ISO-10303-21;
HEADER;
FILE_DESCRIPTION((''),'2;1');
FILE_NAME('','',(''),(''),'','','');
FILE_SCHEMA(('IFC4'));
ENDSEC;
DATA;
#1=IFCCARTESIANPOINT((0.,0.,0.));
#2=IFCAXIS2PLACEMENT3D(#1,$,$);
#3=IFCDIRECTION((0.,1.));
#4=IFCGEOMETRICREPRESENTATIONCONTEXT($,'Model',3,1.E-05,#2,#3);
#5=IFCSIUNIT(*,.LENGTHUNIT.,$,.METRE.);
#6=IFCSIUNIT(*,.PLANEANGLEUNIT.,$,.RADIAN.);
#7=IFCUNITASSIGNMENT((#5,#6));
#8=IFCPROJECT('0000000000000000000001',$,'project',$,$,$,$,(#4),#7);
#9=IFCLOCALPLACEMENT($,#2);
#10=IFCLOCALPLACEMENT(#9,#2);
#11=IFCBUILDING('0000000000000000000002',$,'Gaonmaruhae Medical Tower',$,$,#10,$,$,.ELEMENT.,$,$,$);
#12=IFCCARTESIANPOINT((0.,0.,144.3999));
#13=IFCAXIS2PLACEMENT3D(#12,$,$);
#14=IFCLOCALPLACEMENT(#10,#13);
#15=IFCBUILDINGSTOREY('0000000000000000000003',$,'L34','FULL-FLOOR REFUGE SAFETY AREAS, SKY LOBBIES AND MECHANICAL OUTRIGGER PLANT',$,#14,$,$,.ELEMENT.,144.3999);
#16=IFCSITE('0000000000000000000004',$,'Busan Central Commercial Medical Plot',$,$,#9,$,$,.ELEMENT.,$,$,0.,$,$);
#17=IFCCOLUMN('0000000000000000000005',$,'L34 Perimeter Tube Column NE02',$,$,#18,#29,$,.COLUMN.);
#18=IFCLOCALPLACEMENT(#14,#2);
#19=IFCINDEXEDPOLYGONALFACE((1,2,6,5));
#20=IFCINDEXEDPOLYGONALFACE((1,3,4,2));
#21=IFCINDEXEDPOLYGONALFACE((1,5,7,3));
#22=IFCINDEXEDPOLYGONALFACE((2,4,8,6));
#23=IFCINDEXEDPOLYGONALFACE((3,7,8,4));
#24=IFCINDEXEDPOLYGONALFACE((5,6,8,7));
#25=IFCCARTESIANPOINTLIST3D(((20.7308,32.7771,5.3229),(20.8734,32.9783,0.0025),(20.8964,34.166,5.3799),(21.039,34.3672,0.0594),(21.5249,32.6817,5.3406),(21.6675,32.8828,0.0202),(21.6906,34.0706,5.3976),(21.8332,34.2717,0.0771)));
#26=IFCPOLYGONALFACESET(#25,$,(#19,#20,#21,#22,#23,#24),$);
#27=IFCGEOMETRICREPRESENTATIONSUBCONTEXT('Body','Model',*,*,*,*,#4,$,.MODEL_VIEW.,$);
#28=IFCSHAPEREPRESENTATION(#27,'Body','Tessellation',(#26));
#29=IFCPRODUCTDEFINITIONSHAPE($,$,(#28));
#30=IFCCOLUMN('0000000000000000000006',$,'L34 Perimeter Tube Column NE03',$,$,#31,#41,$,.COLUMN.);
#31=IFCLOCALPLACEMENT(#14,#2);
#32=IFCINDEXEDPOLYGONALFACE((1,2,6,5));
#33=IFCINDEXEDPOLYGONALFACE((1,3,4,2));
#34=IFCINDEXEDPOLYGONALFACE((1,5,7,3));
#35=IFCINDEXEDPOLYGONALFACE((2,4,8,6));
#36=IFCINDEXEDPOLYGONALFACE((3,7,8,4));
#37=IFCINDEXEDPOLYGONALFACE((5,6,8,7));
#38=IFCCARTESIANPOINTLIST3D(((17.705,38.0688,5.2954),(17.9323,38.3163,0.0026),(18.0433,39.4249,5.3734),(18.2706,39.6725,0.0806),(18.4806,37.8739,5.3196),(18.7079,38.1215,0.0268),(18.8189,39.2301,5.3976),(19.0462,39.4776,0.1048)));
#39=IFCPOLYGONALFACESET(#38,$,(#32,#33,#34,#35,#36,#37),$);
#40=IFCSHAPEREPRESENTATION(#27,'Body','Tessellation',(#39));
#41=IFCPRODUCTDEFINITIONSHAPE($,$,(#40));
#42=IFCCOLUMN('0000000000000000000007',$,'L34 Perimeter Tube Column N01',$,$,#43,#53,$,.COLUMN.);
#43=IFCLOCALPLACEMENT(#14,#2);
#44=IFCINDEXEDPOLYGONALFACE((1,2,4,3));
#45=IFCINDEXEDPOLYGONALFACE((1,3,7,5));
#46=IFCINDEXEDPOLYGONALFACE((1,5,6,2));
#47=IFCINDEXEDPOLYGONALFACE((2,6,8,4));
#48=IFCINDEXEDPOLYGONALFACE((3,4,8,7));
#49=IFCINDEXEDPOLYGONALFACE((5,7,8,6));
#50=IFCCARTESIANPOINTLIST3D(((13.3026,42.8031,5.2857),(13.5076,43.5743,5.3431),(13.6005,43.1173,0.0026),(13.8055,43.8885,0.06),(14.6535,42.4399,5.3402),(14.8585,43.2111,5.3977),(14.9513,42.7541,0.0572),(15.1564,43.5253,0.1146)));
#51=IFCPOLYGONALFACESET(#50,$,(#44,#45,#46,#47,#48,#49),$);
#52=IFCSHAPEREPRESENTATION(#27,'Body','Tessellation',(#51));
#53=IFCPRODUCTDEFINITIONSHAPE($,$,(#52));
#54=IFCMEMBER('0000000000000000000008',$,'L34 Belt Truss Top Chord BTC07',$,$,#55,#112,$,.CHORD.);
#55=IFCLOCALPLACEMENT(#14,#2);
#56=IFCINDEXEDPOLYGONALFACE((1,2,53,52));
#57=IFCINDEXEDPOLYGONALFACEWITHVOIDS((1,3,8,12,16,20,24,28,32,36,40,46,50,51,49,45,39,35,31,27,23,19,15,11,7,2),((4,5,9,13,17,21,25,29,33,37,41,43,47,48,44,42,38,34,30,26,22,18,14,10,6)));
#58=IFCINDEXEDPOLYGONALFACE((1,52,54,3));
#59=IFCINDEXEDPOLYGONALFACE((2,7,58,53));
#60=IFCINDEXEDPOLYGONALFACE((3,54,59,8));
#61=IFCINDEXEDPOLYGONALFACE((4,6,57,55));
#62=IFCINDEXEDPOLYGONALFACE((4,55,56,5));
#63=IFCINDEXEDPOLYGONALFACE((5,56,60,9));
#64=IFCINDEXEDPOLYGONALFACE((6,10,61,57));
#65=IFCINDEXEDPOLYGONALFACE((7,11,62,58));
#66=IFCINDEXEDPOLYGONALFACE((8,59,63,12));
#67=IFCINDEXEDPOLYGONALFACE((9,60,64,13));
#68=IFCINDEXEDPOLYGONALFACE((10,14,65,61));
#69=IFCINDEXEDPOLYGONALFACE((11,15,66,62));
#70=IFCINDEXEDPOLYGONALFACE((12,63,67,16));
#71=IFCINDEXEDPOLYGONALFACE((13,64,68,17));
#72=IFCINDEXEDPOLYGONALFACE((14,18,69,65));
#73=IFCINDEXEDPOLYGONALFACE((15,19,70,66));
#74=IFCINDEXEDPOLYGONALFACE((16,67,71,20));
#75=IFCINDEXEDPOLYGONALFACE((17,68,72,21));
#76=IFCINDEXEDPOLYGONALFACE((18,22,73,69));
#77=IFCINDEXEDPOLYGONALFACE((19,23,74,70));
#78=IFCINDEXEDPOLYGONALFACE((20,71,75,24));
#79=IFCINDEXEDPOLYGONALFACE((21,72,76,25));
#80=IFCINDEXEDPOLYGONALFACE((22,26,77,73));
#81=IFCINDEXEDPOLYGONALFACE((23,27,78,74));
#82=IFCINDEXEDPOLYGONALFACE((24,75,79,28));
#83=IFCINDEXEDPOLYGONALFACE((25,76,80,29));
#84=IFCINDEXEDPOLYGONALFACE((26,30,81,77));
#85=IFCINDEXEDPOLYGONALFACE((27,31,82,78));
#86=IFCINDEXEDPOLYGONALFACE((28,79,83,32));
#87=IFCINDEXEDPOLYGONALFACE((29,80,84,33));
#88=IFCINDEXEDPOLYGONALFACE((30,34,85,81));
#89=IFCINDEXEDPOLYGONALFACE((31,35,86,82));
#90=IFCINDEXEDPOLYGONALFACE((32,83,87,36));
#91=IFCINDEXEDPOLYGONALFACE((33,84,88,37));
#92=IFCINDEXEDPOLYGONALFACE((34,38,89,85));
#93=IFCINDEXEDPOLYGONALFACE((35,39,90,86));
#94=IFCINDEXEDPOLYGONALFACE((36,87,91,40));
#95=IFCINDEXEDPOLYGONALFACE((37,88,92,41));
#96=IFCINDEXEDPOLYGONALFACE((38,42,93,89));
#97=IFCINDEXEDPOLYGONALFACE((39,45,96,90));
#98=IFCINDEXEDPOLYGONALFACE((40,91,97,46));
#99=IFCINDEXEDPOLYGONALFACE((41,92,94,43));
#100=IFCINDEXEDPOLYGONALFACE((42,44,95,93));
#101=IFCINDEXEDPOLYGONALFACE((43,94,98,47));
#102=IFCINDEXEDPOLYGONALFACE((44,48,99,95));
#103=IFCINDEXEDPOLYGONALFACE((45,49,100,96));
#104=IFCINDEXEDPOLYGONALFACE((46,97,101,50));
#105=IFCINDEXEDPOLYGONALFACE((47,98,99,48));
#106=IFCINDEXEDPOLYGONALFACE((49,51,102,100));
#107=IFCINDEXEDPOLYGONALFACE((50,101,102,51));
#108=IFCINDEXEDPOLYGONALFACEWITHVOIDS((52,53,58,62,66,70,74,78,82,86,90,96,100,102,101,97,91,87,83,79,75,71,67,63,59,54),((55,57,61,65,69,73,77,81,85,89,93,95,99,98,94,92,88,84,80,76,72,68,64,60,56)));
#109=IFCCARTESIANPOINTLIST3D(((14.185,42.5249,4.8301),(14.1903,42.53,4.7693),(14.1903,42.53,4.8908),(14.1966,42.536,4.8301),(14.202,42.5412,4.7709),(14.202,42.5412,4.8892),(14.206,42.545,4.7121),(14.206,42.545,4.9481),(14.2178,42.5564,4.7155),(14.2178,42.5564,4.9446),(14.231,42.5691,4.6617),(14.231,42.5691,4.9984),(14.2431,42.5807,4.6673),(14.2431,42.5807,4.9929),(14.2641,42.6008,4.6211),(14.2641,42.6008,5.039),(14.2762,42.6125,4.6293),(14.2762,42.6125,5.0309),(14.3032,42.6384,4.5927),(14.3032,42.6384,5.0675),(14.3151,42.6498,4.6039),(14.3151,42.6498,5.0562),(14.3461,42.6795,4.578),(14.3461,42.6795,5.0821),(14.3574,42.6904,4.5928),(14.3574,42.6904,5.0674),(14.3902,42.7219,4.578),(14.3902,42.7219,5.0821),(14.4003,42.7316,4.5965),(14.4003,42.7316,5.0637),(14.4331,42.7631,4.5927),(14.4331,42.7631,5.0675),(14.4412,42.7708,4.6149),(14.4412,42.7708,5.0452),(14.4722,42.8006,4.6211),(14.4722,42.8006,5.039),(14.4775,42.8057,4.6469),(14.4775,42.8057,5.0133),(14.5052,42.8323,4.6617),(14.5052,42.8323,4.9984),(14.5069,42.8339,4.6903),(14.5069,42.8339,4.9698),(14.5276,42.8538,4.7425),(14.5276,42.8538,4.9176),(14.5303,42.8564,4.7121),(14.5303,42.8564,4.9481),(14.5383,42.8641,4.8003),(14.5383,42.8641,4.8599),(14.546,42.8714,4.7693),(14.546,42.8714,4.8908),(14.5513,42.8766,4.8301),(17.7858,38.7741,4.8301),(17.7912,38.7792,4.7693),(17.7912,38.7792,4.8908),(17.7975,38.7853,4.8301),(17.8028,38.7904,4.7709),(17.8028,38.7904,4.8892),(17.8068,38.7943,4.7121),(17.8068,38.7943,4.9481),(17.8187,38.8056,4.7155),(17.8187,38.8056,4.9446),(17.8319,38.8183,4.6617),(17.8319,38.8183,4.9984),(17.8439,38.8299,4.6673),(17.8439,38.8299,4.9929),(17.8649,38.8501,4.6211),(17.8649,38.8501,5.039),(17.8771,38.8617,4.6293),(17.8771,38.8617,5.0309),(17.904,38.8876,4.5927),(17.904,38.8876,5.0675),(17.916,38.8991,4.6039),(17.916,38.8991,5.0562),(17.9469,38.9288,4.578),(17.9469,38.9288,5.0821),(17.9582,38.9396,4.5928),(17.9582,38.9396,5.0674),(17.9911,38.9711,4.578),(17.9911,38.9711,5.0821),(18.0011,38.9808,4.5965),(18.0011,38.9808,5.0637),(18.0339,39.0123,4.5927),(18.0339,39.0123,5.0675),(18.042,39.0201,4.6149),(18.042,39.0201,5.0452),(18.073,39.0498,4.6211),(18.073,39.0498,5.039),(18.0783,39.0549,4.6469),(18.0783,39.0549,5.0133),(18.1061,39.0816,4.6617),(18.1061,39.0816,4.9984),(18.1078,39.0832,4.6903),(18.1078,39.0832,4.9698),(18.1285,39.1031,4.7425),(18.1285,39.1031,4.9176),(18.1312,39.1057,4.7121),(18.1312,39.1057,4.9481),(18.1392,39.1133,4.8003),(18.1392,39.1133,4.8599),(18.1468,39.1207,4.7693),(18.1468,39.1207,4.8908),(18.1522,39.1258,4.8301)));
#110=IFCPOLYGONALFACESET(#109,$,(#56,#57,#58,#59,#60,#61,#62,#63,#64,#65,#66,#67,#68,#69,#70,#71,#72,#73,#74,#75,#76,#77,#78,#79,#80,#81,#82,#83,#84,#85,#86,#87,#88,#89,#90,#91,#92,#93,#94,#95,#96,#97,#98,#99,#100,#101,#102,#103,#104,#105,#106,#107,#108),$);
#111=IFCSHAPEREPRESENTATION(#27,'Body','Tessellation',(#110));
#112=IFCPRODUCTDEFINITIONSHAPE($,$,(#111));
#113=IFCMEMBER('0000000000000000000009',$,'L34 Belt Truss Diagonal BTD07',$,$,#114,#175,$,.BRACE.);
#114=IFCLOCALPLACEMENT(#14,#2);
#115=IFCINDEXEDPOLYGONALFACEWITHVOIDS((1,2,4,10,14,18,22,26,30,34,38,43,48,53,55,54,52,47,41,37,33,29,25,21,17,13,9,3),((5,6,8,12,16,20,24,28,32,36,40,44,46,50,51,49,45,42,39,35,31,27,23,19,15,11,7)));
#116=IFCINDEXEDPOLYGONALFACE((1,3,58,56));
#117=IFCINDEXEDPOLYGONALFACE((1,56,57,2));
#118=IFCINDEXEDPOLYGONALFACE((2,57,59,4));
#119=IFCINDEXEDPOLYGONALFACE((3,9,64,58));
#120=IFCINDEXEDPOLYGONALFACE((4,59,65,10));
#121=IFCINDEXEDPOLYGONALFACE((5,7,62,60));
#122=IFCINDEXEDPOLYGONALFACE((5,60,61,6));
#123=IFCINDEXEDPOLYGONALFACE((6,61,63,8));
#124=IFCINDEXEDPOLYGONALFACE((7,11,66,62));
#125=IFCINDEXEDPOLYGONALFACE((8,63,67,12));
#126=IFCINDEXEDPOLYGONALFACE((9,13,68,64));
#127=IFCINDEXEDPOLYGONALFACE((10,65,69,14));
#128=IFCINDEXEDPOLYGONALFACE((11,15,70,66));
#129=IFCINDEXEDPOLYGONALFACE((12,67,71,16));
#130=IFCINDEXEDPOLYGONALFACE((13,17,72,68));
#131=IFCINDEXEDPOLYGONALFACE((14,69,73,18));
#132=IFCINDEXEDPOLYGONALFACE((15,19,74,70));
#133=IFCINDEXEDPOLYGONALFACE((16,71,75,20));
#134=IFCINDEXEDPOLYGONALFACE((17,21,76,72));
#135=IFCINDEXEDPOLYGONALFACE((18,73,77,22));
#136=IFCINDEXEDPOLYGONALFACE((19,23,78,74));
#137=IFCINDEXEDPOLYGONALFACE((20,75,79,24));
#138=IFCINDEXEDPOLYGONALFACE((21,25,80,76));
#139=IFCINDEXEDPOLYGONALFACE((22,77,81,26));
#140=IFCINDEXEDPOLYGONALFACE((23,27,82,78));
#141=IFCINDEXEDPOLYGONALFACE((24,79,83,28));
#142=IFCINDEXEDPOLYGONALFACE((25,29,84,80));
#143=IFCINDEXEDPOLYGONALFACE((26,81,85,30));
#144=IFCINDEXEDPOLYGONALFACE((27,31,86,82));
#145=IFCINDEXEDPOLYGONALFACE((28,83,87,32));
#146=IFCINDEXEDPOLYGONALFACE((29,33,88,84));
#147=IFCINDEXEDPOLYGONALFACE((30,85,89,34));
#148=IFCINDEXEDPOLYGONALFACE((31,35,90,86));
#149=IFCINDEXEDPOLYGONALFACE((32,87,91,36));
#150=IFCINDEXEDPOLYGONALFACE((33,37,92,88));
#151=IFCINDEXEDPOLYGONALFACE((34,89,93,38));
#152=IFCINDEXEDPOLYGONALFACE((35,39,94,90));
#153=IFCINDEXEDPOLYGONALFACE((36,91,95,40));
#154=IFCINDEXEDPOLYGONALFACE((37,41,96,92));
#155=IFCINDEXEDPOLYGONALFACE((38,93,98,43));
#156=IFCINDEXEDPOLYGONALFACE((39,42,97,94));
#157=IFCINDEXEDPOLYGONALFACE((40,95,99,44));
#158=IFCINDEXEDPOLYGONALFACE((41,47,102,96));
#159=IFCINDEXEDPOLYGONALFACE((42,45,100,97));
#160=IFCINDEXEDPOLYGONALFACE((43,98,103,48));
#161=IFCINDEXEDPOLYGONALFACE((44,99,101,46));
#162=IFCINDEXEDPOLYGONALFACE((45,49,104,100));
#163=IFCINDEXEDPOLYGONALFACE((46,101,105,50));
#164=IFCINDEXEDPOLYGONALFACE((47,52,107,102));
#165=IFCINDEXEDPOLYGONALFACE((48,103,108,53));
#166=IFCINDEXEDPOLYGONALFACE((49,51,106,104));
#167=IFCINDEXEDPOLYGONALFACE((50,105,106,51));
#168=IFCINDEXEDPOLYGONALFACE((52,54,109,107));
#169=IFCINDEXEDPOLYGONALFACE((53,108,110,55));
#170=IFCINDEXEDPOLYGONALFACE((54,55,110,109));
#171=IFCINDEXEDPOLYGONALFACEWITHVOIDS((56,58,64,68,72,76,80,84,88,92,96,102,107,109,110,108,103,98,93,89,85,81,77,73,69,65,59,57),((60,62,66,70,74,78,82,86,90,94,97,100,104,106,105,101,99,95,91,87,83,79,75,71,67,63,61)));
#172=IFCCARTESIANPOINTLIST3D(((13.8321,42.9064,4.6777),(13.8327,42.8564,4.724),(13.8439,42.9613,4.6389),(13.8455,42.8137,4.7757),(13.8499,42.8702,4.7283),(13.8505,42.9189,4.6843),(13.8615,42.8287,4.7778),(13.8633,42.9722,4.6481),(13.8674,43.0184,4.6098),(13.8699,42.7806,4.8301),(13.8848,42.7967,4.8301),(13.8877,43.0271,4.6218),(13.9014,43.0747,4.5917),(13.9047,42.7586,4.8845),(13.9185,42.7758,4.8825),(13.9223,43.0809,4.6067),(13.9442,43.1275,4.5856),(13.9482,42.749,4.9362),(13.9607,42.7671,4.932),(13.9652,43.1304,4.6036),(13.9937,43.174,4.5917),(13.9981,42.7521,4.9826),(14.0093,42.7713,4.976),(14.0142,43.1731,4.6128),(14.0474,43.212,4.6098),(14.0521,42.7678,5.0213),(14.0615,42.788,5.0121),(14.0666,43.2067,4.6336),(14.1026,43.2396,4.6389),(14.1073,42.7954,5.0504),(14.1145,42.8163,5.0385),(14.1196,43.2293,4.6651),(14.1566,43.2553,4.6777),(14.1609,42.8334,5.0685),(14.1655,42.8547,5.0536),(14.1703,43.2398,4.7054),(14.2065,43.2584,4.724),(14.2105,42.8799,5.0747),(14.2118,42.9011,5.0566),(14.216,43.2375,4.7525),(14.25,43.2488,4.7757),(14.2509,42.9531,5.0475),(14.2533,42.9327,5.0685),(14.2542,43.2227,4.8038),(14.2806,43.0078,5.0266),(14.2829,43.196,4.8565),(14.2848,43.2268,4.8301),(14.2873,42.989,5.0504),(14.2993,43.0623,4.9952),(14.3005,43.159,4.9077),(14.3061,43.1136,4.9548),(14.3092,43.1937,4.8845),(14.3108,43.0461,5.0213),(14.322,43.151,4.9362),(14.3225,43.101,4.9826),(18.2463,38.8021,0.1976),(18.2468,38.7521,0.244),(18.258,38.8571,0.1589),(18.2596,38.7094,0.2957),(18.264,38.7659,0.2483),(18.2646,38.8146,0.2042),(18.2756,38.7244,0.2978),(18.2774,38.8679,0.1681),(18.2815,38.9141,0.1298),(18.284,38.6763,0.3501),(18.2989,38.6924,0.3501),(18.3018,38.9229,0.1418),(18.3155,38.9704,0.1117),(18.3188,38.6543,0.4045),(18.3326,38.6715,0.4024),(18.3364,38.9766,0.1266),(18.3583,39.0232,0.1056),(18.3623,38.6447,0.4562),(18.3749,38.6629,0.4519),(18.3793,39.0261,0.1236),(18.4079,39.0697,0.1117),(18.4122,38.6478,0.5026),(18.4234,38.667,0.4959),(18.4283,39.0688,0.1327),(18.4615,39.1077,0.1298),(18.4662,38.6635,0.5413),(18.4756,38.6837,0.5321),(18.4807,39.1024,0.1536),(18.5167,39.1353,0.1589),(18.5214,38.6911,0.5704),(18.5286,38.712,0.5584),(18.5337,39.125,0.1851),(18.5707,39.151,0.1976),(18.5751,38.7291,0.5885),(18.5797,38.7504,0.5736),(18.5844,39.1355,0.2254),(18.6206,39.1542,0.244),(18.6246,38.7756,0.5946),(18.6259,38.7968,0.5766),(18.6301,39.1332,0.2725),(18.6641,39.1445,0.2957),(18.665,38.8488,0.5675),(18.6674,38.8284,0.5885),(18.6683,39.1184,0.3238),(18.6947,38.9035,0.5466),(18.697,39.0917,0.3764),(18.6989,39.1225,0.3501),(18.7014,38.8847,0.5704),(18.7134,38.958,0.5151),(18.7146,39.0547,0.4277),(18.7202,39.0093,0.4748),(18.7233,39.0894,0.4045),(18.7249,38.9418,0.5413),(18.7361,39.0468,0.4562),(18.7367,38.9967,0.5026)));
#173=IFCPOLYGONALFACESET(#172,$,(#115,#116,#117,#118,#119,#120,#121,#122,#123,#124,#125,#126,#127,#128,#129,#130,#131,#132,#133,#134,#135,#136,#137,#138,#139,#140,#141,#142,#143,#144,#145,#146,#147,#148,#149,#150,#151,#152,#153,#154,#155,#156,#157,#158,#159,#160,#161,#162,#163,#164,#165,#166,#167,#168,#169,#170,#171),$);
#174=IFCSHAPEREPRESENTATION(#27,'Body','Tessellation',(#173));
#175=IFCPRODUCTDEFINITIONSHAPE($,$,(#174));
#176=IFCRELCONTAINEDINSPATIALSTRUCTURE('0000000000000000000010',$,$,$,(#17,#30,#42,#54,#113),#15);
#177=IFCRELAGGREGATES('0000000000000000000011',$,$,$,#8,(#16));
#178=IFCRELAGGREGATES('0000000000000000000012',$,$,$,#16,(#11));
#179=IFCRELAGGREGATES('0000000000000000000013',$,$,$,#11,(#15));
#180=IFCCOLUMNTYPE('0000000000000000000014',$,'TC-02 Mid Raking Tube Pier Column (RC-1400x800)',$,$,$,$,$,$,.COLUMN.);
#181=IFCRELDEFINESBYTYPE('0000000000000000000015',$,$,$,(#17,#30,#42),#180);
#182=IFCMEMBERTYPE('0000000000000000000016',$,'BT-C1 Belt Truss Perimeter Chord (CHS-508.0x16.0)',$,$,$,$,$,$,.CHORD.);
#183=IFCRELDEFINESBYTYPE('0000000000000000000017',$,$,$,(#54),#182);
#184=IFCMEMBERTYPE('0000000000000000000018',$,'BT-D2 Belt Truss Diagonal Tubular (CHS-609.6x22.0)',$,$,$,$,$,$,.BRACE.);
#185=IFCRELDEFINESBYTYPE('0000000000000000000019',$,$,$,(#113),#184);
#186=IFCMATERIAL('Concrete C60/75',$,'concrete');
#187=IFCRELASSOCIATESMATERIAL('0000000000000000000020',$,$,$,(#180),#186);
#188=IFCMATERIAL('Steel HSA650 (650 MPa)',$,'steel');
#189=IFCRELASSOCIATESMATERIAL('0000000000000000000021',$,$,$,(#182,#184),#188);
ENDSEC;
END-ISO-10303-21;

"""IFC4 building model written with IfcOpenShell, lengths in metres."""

from ifc_helpers import new_model, si_unit, direction, frame, origin, origin_2d, place, context, subcontext, project, spatial, rectangle, hollow_circle, extrude, material, material_profile, profile_set, type_object, element, save


model = new_model("IFC4")

# Units and contexts
model_context = context("Model", 3, precision=1e-05, world=origin(), true_north=direction((0.0, 1.0)))
body_context = subcontext(model_context, "Body", "Model", "MODEL_VIEW")
ifc_project = project(units=[si_unit("LENGTHUNIT", "METRE"), si_unit("PLANEANGLEUNIT", "RADIAN")], contexts=[model_context])

# Site, building, storey
site_placement = place(None, origin())
site = spatial("IfcSite", under=ifc_project, at=site_placement, Name="Busan Central Commercial Medical Plot", CompositionType="ELEMENT", RefElevation=0.0)
building_placement = place(site_placement, origin())
building = spatial("IfcBuilding", under=site, at=building_placement, Name="Gaonmaruhae Medical Tower", CompositionType="ELEMENT")
storey_placement = place(building_placement, frame((0.0, 0.0, 144.3999)))
storey = spatial("IfcBuildingStorey", under=building, at=storey_placement, Name="L34", Description="FULL-FLOOR REFUGE SAFETY AREAS, SKY LOBBIES AND MECHANICAL OUTRIGGER PLANT", CompositionType="ELEMENT", Elevation=144.3999)

# Columns
ifc_material_1 = material(Name="Concrete C60/75", Category="concrete")
ifc_material_profile_1 = material_profile(ifc_material_1, rectangle(XDim=1.3999, YDim=0.8, at=origin_2d()), Name="RC-1400x800")
ifc_profile_set_1 = profile_set([ifc_material_profile_1], Name="Concrete C60/75")
column_type = type_object("IfcColumnType", Name="TC-02 Mid Raking Tube Pier Column (RC-1400x800)", PredefinedType="COLUMN", material=ifc_profile_set_1)
column_1_placement = place(storey_placement, frame((21.3533, 33.625, 0.0398), z_axis=(-0.026769, -0.03777, 0.998928), x_axis=(0.118321, 0.992142, 0.040684)))
element("IfcColumn", 1, at=column_1_placement, inside=storey, type_object=column_type, Name="L34 Perimeter Tube Column NE02", PredefinedType="COLUMN", context=body_context, shape_type="SweptSolid", body=[
    extrude(rectangle(XDim=1.3999, YDim=0.8, at=origin_2d()), origin(), (0.0, 0.0, 1.0), 5.3262),
])
column_2_placement = place(storey_placement, frame((18.4893, 38.897, 0.0537), z_axis=(-0.042858, -0.046679, 0.99799), x_axis=(0.241683, 0.968756, 0.055691)))
element("IfcColumn", 2, at=column_2_placement, inside=storey, type_object=column_type, Name="L34 Perimeter Tube Column NE03", PredefinedType="COLUMN", context=body_context, shape_type="SweptSolid", body=[
    extrude(rectangle(XDim=1.3999, YDim=0.8, at=origin_2d()), origin(), (0.0, 0.0, 1.0), 5.3035),
])
column_3_placement = place(storey_placement, frame((14.3784, 43.3213, 0.0586), z_axis=(-0.056191, -0.059277, 0.996659), x_axis=(0.964968, -0.259456, 0.038973)))
element("IfcColumn", 3, at=column_3_placement, inside=storey, type_object=column_type, Name="L34 Perimeter Tube Column N01", PredefinedType="COLUMN", context=body_context, shape_type="SweptSolid", body=[
    extrude(rectangle(XDim=1.3999, YDim=0.8, at=origin_2d()), origin(), (0.0, 0.0, 1.0), 5.3008),
])

# Members
ifc_material_2 = material(Name="Steel HSA650 (650 MPa)", Category="steel")
ifc_material_profile_2 = material_profile(ifc_material_2, hollow_circle(Radius=0.2539, WallThickness=0.0161, at=origin_2d()), Name="CHS-508.0x16.0")
ifc_profile_set_2 = profile_set([ifc_material_profile_2], Name="Steel HSA650 (650 MPa)")
member_type_1 = type_object("IfcMemberType", Name="BT-C1 Belt Truss Perimeter Chord (CHS-508.0x16.0)", PredefinedType="CHORD", material=ifc_profile_set_2)
member_1_placement = place(storey_placement, frame((17.969, 38.95, 4.8301), z_axis=(-0.692545, 0.721375, 0.0), x_axis=(-0.721375, -0.692545, 0.0)))
element("IfcMember", 4, at=member_1_placement, inside=storey, type_object=member_type_1, Name="L34 Belt Truss Top Chord BTC07", PredefinedType="CHORD", context=body_context, shape_type="SweptSolid", body=[
    extrude(hollow_circle(Radius=0.2539, WallThickness=0.0161, at=origin_2d()), origin(), (0.0, 0.0, 1.0), 5.1995),
])
ifc_material_profile_3 = material_profile(ifc_material_2, hollow_circle(Radius=0.3047, WallThickness=0.022, at=origin_2d()), Name="CHS-609.6x22.0")
ifc_profile_set_3 = profile_set([ifc_material_profile_3], Name="Steel HSA650 (650 MPa)")
member_type_2 = type_object("IfcMemberType", Name="BT-D2 Belt Truss Diagonal Tubular (CHS-609.6x22.0)", PredefinedType="BRACE", material=ifc_profile_set_3)
member_2_placement = place(storey_placement, frame((18.4915, 38.8994, 0.3501), z_axis=(-0.587764, 0.54651, 0.596541), x_axis=(-0.680939, -0.73234, 0.0)))
element("IfcMember", 5, at=member_2_placement, inside=storey, type_object=member_type_2, Name="L34 Belt Truss Diagonal BTD07", PredefinedType="BRACE", context=body_context, shape_type="SweptSolid", body=[
    extrude(hollow_circle(Radius=0.3047, WallThickness=0.022, at=origin_2d()), origin(), (0.0, 0.0, 1.0), 7.51),
])

save(model, "model.ifc")
